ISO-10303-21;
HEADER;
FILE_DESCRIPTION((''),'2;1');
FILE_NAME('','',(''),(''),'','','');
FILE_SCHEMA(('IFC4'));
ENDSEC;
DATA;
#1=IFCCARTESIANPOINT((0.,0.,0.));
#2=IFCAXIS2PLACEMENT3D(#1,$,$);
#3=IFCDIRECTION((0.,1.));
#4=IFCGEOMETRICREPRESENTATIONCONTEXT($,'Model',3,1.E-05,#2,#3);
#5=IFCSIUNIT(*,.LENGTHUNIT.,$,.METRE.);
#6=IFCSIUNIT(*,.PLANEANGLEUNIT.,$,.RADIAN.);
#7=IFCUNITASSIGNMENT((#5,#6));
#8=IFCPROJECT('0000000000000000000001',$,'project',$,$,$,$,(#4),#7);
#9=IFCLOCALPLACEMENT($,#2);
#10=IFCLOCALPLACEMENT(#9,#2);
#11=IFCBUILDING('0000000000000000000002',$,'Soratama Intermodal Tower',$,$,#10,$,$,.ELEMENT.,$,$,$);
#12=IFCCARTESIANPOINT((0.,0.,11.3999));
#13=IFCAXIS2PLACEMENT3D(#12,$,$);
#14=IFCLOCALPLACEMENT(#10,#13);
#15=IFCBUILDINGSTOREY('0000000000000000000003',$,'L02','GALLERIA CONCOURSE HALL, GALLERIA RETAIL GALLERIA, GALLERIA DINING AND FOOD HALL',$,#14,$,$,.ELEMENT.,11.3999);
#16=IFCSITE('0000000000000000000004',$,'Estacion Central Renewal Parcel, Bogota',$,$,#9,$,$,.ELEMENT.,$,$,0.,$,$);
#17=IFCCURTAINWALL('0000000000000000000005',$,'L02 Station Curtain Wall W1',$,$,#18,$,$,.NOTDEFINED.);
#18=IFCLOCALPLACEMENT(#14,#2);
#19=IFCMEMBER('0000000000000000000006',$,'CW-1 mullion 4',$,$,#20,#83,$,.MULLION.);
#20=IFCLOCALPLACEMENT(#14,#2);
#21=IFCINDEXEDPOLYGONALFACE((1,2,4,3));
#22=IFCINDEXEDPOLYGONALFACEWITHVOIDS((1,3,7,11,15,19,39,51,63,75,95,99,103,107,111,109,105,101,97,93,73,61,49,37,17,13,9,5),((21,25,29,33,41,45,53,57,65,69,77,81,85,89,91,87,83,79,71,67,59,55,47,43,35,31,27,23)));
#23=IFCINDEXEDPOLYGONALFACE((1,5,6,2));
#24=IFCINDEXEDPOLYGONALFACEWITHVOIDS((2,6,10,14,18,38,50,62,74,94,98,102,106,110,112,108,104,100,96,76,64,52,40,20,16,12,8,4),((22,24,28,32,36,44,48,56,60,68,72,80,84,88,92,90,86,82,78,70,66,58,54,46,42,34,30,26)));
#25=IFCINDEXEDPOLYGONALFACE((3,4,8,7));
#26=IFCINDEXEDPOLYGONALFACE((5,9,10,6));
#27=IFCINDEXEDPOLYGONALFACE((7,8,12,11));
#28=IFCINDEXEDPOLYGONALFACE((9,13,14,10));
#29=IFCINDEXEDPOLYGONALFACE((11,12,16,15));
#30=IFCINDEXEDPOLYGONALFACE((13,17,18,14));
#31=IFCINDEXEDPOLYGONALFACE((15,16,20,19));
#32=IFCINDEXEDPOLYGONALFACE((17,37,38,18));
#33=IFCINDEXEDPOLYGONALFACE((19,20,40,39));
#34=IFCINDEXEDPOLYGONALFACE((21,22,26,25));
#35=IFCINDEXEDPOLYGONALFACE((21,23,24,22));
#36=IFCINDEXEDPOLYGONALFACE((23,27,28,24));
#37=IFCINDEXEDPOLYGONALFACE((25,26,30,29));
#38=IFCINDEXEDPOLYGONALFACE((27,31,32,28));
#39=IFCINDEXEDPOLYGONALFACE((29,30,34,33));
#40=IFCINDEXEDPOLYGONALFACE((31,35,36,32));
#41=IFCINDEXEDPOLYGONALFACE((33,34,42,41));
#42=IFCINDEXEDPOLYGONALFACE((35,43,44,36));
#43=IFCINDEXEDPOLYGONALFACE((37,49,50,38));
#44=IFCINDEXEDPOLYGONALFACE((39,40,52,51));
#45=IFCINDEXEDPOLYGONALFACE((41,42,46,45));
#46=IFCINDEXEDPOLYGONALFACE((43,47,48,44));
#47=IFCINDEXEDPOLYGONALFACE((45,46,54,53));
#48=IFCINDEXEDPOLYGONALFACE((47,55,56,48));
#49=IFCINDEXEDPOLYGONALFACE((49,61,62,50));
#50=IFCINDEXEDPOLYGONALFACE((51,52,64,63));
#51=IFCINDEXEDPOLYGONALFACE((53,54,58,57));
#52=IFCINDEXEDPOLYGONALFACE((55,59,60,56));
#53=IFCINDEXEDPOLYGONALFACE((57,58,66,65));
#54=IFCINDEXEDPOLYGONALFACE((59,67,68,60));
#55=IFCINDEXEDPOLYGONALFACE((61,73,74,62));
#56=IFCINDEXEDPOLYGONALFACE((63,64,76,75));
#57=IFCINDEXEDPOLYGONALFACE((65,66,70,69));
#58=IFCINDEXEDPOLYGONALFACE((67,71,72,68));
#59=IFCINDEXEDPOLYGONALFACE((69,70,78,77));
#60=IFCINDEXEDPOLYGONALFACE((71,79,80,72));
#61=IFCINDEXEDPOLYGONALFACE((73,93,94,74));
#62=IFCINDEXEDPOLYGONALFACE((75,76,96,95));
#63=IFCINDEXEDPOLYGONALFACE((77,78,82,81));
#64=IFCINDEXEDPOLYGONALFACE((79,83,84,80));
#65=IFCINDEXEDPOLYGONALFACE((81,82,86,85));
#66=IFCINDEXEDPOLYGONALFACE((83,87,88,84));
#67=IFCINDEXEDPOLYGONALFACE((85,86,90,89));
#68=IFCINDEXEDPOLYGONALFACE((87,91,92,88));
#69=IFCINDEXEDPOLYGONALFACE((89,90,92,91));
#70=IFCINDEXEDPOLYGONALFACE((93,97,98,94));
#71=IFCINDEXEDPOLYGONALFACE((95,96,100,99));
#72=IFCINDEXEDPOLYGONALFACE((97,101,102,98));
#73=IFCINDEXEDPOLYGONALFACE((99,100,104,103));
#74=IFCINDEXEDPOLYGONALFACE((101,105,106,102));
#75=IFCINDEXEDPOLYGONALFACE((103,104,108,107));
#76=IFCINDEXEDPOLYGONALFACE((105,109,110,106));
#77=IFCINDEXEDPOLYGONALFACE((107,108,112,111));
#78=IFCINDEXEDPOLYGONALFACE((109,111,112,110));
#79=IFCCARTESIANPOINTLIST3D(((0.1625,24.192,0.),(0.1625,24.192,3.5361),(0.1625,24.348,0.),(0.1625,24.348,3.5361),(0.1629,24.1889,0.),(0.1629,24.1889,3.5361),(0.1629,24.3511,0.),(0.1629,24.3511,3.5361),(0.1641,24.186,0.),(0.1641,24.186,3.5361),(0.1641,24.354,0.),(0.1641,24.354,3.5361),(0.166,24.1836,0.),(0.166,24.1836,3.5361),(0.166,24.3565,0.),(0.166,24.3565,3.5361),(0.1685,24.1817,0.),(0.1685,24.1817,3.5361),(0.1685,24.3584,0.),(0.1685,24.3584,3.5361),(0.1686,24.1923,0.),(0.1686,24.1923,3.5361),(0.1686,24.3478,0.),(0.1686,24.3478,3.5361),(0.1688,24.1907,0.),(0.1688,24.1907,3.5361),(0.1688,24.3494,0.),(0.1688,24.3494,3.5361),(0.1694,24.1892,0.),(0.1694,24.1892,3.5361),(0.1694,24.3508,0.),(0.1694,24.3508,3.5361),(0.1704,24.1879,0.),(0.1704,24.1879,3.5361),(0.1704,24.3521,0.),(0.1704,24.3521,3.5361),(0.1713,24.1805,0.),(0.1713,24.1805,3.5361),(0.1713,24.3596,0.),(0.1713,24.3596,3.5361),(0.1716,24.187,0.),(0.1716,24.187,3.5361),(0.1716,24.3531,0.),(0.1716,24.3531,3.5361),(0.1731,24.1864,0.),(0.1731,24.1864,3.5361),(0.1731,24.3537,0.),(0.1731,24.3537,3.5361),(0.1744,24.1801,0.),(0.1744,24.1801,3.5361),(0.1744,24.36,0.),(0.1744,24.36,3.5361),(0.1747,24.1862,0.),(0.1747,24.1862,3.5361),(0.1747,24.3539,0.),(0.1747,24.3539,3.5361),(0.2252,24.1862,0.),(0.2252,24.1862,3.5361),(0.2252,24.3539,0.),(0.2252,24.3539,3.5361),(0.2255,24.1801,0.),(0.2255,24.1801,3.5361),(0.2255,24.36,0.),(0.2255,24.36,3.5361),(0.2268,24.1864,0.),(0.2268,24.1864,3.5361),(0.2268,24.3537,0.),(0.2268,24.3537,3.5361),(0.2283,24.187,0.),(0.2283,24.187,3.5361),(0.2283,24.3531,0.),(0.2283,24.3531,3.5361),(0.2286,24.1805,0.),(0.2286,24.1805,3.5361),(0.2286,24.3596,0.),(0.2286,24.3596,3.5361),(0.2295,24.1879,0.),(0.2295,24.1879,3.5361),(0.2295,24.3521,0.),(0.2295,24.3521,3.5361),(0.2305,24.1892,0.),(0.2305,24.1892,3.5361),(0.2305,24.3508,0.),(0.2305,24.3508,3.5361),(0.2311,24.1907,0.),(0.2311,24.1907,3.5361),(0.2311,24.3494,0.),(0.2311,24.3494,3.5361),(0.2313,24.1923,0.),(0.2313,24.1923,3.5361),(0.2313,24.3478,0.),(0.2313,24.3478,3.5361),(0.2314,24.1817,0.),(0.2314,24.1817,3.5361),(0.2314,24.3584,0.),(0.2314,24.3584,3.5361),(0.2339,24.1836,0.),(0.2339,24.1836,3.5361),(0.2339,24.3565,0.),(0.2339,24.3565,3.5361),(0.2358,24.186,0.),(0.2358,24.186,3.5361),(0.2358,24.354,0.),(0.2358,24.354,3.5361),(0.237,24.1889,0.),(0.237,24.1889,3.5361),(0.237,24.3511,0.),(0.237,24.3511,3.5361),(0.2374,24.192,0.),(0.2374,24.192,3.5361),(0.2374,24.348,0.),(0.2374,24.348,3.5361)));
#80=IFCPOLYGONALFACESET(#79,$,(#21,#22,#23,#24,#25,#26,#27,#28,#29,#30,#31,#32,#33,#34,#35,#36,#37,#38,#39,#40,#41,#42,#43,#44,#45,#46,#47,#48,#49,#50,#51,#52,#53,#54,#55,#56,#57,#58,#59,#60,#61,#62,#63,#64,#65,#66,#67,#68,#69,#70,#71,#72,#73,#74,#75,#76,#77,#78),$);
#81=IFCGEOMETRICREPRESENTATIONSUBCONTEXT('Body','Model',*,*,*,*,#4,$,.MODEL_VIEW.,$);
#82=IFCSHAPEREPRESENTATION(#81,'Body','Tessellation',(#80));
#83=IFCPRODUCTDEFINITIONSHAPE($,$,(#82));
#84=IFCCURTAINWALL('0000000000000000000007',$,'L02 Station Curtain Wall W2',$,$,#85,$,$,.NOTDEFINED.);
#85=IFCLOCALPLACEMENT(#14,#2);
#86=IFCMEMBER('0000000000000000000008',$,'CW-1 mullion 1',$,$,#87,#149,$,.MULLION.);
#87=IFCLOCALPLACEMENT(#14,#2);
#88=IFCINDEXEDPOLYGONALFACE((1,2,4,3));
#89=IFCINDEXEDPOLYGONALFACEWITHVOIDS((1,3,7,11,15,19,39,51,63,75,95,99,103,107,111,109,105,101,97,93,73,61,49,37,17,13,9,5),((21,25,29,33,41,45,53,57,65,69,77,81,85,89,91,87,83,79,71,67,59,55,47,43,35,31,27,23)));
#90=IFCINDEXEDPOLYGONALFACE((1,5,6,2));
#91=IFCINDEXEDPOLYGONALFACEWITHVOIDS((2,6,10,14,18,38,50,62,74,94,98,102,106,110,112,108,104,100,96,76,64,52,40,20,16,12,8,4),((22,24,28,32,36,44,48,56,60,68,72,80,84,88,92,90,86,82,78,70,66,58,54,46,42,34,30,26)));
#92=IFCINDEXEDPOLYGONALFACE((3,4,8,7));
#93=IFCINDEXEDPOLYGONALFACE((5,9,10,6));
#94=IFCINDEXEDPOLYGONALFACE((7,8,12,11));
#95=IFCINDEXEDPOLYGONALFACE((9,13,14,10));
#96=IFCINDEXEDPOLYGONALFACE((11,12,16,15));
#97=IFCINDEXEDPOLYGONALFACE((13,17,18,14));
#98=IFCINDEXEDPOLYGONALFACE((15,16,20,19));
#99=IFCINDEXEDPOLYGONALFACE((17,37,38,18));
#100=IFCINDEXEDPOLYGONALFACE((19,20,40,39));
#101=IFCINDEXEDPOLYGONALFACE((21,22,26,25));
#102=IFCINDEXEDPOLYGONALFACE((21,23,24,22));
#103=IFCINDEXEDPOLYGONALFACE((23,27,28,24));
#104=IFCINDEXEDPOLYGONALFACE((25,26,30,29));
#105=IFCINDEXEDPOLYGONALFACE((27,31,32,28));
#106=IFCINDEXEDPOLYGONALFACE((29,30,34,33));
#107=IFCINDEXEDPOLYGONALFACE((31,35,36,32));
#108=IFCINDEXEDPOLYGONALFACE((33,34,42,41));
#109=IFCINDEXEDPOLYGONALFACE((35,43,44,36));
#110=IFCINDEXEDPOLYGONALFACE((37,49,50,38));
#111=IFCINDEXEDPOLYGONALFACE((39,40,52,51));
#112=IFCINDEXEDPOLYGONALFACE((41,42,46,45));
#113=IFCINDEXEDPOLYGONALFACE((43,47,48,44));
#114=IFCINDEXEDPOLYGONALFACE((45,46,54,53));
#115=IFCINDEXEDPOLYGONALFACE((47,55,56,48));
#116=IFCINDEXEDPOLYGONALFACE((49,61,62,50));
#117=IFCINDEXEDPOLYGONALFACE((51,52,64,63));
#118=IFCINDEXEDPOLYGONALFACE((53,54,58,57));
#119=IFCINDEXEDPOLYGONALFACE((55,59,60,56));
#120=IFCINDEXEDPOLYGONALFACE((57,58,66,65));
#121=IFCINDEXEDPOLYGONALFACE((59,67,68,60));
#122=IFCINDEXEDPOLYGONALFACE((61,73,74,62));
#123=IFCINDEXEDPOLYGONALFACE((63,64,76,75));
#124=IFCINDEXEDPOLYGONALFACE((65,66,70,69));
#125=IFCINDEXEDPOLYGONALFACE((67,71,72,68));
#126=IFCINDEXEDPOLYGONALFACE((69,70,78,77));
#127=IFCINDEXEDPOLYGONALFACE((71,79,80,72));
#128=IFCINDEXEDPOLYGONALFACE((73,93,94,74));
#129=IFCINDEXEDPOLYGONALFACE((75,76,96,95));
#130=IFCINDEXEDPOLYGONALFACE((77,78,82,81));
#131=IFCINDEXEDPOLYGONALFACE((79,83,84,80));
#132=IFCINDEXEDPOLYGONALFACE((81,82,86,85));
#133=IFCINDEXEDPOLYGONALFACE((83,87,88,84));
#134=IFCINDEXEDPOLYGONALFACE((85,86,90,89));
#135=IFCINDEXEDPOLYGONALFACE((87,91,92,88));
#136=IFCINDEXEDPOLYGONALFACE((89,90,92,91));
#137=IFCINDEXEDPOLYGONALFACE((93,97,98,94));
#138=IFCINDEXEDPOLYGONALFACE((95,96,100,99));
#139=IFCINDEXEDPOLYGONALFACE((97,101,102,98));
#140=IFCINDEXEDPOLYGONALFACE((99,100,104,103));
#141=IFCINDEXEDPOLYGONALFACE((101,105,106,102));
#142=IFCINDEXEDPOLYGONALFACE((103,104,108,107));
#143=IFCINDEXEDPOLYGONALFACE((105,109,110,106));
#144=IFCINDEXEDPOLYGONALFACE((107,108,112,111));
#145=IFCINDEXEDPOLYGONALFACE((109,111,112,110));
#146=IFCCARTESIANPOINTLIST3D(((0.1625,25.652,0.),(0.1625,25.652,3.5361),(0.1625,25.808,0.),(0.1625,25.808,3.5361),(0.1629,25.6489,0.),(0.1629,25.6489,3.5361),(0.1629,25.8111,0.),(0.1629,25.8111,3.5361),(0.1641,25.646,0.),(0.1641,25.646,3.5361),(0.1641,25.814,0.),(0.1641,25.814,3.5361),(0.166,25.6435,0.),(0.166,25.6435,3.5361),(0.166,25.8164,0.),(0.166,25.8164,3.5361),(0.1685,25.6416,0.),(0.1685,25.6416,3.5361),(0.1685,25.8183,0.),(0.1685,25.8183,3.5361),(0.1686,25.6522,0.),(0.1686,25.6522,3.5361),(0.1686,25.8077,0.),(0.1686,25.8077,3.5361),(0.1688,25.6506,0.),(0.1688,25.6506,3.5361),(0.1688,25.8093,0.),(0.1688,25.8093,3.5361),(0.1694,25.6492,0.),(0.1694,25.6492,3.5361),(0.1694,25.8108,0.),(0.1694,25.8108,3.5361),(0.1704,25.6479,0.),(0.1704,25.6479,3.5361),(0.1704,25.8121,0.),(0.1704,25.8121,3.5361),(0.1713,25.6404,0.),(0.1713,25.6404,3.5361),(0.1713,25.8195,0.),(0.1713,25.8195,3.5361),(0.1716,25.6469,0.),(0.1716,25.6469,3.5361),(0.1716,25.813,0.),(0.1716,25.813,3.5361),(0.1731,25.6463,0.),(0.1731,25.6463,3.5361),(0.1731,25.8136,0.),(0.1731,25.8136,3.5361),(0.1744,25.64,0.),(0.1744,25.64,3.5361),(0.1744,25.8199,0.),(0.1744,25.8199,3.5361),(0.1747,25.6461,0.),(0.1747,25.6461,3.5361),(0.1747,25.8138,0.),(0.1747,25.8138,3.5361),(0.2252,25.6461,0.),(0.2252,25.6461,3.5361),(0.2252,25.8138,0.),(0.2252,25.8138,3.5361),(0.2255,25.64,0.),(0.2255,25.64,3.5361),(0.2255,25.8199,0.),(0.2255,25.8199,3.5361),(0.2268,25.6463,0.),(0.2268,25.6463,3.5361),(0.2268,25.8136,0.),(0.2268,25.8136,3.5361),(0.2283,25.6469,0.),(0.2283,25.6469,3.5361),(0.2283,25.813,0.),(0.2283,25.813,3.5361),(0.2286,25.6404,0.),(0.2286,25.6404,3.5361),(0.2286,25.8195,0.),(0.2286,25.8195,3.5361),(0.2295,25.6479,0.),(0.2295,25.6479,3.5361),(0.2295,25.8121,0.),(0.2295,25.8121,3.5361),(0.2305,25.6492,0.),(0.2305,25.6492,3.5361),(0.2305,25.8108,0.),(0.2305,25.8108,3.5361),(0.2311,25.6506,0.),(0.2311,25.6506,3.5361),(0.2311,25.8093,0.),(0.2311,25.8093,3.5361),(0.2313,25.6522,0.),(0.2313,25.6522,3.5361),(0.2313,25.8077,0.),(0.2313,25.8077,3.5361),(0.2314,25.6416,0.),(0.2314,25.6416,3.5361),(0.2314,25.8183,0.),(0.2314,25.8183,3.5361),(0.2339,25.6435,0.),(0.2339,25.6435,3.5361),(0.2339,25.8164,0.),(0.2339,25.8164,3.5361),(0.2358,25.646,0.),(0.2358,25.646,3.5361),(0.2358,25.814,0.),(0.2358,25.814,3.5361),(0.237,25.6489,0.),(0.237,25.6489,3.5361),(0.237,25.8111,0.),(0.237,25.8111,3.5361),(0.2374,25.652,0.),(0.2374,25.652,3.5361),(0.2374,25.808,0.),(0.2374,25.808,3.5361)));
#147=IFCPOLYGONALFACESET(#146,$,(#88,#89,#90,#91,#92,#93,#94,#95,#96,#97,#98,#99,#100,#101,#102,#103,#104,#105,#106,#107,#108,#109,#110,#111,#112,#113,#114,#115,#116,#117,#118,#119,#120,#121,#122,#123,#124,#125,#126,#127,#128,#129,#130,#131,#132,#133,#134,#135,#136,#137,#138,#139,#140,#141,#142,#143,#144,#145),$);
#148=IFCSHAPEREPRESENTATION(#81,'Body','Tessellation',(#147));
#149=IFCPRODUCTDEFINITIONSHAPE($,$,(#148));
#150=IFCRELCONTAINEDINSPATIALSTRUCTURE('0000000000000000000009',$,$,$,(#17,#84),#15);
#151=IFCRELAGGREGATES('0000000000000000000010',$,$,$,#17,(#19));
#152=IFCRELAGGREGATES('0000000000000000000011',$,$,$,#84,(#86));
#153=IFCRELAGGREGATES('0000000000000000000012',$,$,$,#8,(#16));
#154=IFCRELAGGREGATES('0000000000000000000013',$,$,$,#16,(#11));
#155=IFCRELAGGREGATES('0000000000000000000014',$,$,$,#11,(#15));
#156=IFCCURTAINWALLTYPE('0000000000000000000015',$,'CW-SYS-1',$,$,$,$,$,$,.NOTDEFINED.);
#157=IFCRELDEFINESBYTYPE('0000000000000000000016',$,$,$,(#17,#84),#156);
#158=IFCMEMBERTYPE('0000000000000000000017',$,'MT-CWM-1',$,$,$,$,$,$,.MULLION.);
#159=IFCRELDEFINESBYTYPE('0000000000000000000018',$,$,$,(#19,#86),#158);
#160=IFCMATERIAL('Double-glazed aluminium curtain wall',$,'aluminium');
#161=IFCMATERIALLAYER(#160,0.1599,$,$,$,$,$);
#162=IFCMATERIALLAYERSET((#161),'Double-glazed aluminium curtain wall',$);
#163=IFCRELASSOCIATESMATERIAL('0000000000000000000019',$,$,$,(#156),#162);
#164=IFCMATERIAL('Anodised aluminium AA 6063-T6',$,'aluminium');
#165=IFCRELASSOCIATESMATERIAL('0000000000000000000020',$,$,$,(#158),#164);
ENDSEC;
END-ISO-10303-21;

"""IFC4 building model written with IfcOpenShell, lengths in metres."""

from ifc_helpers import new_model, si_unit, direction, frame, origin, origin_2d, place, context, subcontext, project, spatial, hollow_rectangle, extrude, material, layer, layer_set, material_profile, profile_set, type_object, element, aggregate, save


model = new_model("IFC4")

# Units and contexts
model_context = context("Model", 3, precision=1e-05, world=origin(), true_north=direction((0.0, 1.0)))
body_context = subcontext(model_context, "Body", "Model", "MODEL_VIEW")
ifc_project = project(units=[si_unit("LENGTHUNIT", "METRE"), si_unit("PLANEANGLEUNIT", "RADIAN")], contexts=[model_context])

# Site, building, storey
site_placement = place(None, origin())
site = spatial("IfcSite", under=ifc_project, at=site_placement, Name="Estacion Central Renewal Parcel, Bogota", CompositionType="ELEMENT", RefElevation=0.0)
building_placement = place(site_placement, origin())
building = spatial("IfcBuilding", under=site, at=building_placement, Name="Soratama Intermodal Tower", CompositionType="ELEMENT")
storey_placement = place(building_placement, frame((0.0, 0.0, 11.3999)))
storey = spatial("IfcBuildingStorey", under=building, at=storey_placement, Name="L02", Description="GALLERIA CONCOURSE HALL, GALLERIA RETAIL GALLERIA, GALLERIA DINING AND FOOD HALL", CompositionType="ELEMENT", Elevation=11.3999)

# Curtain wall, member
ifc_material_1 = material(Name="Double-glazed aluminium curtain wall", Category="aluminium")
ifc_layer_1 = layer(ifc_material_1, 0.1599)
ifc_layer_set_1 = layer_set([ifc_layer_1], Name="Double-glazed aluminium curtain wall")
curtain_wall_type = type_object("IfcCurtainWallType", Name="CW-SYS-1", PredefinedType="NOTDEFINED", material=ifc_layer_set_1)
curtain_wall_1_placement = place(storey_placement, origin())
curtain_wall_1 = element("IfcCurtainWall", 1, at=curtain_wall_1_placement, inside=storey, type_object=curtain_wall_type, Name="L02 Station Curtain Wall W1", PredefinedType="NOTDEFINED")
ifc_material_2 = material(Name="Anodised aluminium AA 6063-T6", Category="aluminium")
ifc_material_profile_1 = material_profile(ifc_material_2, hollow_rectangle(XDim=0.075, YDim=0.1799, WallThickness=0.0061, InnerFilletRadius=0.0061, OuterFilletRadius=0.012, at=origin_2d()), Name="CWM180X75X6")
ifc_profile_set_1 = profile_set([ifc_material_profile_1], Name="Anodised aluminium AA 6063-T6")
member_type_1 = type_object("IfcMemberType", Name="MT-CWM-1", PredefinedType="MULLION", material=ifc_profile_set_1)
member_1_placement = place(storey_placement, frame((0.2, 24.27, 0.0), z_axis=(0.0, 0.0, 1.0), x_axis=(-1.0, 0.0, 0.0)))
member_1 = element("IfcMember", 2, at=member_1_placement, type_object=member_type_1, Name="CW-1 mullion 4", PredefinedType="MULLION", context=body_context, shape_type="SweptSolid", body=[
    extrude(hollow_rectangle(XDim=0.075, YDim=0.1799, WallThickness=0.0061, InnerFilletRadius=0.0061, OuterFilletRadius=0.012, at=origin_2d()), origin(), (0.0, 0.0, 1.0), 3.5361),
])

# Curtain wall, member
curtain_wall_2_placement = place(storey_placement, origin())
curtain_wall_2 = element("IfcCurtainWall", 3, at=curtain_wall_2_placement, inside=storey, type_object=curtain_wall_type, Name="L02 Station Curtain Wall W2", PredefinedType="NOTDEFINED")
member_2_placement = place(storey_placement, frame((0.2, 25.73, 0.0), z_axis=(0.0, 0.0, 1.0), x_axis=(-1.0, 0.0, 0.0)))
member_2 = element("IfcMember", 4, at=member_2_placement, type_object=member_type_1, Name="CW-1 mullion 1", PredefinedType="MULLION", context=body_context, shape_type="SweptSolid", body=[
    extrude(hollow_rectangle(XDim=0.075, YDim=0.1799, WallThickness=0.0061, InnerFilletRadius=0.0061, OuterFilletRadius=0.012, at=origin_2d()), origin(), (0.0, 0.0, 1.0), 3.5361),
])

aggregate(curtain_wall_1, [member_1])
aggregate(curtain_wall_2, [member_2])

save(model, "model.ifc")
